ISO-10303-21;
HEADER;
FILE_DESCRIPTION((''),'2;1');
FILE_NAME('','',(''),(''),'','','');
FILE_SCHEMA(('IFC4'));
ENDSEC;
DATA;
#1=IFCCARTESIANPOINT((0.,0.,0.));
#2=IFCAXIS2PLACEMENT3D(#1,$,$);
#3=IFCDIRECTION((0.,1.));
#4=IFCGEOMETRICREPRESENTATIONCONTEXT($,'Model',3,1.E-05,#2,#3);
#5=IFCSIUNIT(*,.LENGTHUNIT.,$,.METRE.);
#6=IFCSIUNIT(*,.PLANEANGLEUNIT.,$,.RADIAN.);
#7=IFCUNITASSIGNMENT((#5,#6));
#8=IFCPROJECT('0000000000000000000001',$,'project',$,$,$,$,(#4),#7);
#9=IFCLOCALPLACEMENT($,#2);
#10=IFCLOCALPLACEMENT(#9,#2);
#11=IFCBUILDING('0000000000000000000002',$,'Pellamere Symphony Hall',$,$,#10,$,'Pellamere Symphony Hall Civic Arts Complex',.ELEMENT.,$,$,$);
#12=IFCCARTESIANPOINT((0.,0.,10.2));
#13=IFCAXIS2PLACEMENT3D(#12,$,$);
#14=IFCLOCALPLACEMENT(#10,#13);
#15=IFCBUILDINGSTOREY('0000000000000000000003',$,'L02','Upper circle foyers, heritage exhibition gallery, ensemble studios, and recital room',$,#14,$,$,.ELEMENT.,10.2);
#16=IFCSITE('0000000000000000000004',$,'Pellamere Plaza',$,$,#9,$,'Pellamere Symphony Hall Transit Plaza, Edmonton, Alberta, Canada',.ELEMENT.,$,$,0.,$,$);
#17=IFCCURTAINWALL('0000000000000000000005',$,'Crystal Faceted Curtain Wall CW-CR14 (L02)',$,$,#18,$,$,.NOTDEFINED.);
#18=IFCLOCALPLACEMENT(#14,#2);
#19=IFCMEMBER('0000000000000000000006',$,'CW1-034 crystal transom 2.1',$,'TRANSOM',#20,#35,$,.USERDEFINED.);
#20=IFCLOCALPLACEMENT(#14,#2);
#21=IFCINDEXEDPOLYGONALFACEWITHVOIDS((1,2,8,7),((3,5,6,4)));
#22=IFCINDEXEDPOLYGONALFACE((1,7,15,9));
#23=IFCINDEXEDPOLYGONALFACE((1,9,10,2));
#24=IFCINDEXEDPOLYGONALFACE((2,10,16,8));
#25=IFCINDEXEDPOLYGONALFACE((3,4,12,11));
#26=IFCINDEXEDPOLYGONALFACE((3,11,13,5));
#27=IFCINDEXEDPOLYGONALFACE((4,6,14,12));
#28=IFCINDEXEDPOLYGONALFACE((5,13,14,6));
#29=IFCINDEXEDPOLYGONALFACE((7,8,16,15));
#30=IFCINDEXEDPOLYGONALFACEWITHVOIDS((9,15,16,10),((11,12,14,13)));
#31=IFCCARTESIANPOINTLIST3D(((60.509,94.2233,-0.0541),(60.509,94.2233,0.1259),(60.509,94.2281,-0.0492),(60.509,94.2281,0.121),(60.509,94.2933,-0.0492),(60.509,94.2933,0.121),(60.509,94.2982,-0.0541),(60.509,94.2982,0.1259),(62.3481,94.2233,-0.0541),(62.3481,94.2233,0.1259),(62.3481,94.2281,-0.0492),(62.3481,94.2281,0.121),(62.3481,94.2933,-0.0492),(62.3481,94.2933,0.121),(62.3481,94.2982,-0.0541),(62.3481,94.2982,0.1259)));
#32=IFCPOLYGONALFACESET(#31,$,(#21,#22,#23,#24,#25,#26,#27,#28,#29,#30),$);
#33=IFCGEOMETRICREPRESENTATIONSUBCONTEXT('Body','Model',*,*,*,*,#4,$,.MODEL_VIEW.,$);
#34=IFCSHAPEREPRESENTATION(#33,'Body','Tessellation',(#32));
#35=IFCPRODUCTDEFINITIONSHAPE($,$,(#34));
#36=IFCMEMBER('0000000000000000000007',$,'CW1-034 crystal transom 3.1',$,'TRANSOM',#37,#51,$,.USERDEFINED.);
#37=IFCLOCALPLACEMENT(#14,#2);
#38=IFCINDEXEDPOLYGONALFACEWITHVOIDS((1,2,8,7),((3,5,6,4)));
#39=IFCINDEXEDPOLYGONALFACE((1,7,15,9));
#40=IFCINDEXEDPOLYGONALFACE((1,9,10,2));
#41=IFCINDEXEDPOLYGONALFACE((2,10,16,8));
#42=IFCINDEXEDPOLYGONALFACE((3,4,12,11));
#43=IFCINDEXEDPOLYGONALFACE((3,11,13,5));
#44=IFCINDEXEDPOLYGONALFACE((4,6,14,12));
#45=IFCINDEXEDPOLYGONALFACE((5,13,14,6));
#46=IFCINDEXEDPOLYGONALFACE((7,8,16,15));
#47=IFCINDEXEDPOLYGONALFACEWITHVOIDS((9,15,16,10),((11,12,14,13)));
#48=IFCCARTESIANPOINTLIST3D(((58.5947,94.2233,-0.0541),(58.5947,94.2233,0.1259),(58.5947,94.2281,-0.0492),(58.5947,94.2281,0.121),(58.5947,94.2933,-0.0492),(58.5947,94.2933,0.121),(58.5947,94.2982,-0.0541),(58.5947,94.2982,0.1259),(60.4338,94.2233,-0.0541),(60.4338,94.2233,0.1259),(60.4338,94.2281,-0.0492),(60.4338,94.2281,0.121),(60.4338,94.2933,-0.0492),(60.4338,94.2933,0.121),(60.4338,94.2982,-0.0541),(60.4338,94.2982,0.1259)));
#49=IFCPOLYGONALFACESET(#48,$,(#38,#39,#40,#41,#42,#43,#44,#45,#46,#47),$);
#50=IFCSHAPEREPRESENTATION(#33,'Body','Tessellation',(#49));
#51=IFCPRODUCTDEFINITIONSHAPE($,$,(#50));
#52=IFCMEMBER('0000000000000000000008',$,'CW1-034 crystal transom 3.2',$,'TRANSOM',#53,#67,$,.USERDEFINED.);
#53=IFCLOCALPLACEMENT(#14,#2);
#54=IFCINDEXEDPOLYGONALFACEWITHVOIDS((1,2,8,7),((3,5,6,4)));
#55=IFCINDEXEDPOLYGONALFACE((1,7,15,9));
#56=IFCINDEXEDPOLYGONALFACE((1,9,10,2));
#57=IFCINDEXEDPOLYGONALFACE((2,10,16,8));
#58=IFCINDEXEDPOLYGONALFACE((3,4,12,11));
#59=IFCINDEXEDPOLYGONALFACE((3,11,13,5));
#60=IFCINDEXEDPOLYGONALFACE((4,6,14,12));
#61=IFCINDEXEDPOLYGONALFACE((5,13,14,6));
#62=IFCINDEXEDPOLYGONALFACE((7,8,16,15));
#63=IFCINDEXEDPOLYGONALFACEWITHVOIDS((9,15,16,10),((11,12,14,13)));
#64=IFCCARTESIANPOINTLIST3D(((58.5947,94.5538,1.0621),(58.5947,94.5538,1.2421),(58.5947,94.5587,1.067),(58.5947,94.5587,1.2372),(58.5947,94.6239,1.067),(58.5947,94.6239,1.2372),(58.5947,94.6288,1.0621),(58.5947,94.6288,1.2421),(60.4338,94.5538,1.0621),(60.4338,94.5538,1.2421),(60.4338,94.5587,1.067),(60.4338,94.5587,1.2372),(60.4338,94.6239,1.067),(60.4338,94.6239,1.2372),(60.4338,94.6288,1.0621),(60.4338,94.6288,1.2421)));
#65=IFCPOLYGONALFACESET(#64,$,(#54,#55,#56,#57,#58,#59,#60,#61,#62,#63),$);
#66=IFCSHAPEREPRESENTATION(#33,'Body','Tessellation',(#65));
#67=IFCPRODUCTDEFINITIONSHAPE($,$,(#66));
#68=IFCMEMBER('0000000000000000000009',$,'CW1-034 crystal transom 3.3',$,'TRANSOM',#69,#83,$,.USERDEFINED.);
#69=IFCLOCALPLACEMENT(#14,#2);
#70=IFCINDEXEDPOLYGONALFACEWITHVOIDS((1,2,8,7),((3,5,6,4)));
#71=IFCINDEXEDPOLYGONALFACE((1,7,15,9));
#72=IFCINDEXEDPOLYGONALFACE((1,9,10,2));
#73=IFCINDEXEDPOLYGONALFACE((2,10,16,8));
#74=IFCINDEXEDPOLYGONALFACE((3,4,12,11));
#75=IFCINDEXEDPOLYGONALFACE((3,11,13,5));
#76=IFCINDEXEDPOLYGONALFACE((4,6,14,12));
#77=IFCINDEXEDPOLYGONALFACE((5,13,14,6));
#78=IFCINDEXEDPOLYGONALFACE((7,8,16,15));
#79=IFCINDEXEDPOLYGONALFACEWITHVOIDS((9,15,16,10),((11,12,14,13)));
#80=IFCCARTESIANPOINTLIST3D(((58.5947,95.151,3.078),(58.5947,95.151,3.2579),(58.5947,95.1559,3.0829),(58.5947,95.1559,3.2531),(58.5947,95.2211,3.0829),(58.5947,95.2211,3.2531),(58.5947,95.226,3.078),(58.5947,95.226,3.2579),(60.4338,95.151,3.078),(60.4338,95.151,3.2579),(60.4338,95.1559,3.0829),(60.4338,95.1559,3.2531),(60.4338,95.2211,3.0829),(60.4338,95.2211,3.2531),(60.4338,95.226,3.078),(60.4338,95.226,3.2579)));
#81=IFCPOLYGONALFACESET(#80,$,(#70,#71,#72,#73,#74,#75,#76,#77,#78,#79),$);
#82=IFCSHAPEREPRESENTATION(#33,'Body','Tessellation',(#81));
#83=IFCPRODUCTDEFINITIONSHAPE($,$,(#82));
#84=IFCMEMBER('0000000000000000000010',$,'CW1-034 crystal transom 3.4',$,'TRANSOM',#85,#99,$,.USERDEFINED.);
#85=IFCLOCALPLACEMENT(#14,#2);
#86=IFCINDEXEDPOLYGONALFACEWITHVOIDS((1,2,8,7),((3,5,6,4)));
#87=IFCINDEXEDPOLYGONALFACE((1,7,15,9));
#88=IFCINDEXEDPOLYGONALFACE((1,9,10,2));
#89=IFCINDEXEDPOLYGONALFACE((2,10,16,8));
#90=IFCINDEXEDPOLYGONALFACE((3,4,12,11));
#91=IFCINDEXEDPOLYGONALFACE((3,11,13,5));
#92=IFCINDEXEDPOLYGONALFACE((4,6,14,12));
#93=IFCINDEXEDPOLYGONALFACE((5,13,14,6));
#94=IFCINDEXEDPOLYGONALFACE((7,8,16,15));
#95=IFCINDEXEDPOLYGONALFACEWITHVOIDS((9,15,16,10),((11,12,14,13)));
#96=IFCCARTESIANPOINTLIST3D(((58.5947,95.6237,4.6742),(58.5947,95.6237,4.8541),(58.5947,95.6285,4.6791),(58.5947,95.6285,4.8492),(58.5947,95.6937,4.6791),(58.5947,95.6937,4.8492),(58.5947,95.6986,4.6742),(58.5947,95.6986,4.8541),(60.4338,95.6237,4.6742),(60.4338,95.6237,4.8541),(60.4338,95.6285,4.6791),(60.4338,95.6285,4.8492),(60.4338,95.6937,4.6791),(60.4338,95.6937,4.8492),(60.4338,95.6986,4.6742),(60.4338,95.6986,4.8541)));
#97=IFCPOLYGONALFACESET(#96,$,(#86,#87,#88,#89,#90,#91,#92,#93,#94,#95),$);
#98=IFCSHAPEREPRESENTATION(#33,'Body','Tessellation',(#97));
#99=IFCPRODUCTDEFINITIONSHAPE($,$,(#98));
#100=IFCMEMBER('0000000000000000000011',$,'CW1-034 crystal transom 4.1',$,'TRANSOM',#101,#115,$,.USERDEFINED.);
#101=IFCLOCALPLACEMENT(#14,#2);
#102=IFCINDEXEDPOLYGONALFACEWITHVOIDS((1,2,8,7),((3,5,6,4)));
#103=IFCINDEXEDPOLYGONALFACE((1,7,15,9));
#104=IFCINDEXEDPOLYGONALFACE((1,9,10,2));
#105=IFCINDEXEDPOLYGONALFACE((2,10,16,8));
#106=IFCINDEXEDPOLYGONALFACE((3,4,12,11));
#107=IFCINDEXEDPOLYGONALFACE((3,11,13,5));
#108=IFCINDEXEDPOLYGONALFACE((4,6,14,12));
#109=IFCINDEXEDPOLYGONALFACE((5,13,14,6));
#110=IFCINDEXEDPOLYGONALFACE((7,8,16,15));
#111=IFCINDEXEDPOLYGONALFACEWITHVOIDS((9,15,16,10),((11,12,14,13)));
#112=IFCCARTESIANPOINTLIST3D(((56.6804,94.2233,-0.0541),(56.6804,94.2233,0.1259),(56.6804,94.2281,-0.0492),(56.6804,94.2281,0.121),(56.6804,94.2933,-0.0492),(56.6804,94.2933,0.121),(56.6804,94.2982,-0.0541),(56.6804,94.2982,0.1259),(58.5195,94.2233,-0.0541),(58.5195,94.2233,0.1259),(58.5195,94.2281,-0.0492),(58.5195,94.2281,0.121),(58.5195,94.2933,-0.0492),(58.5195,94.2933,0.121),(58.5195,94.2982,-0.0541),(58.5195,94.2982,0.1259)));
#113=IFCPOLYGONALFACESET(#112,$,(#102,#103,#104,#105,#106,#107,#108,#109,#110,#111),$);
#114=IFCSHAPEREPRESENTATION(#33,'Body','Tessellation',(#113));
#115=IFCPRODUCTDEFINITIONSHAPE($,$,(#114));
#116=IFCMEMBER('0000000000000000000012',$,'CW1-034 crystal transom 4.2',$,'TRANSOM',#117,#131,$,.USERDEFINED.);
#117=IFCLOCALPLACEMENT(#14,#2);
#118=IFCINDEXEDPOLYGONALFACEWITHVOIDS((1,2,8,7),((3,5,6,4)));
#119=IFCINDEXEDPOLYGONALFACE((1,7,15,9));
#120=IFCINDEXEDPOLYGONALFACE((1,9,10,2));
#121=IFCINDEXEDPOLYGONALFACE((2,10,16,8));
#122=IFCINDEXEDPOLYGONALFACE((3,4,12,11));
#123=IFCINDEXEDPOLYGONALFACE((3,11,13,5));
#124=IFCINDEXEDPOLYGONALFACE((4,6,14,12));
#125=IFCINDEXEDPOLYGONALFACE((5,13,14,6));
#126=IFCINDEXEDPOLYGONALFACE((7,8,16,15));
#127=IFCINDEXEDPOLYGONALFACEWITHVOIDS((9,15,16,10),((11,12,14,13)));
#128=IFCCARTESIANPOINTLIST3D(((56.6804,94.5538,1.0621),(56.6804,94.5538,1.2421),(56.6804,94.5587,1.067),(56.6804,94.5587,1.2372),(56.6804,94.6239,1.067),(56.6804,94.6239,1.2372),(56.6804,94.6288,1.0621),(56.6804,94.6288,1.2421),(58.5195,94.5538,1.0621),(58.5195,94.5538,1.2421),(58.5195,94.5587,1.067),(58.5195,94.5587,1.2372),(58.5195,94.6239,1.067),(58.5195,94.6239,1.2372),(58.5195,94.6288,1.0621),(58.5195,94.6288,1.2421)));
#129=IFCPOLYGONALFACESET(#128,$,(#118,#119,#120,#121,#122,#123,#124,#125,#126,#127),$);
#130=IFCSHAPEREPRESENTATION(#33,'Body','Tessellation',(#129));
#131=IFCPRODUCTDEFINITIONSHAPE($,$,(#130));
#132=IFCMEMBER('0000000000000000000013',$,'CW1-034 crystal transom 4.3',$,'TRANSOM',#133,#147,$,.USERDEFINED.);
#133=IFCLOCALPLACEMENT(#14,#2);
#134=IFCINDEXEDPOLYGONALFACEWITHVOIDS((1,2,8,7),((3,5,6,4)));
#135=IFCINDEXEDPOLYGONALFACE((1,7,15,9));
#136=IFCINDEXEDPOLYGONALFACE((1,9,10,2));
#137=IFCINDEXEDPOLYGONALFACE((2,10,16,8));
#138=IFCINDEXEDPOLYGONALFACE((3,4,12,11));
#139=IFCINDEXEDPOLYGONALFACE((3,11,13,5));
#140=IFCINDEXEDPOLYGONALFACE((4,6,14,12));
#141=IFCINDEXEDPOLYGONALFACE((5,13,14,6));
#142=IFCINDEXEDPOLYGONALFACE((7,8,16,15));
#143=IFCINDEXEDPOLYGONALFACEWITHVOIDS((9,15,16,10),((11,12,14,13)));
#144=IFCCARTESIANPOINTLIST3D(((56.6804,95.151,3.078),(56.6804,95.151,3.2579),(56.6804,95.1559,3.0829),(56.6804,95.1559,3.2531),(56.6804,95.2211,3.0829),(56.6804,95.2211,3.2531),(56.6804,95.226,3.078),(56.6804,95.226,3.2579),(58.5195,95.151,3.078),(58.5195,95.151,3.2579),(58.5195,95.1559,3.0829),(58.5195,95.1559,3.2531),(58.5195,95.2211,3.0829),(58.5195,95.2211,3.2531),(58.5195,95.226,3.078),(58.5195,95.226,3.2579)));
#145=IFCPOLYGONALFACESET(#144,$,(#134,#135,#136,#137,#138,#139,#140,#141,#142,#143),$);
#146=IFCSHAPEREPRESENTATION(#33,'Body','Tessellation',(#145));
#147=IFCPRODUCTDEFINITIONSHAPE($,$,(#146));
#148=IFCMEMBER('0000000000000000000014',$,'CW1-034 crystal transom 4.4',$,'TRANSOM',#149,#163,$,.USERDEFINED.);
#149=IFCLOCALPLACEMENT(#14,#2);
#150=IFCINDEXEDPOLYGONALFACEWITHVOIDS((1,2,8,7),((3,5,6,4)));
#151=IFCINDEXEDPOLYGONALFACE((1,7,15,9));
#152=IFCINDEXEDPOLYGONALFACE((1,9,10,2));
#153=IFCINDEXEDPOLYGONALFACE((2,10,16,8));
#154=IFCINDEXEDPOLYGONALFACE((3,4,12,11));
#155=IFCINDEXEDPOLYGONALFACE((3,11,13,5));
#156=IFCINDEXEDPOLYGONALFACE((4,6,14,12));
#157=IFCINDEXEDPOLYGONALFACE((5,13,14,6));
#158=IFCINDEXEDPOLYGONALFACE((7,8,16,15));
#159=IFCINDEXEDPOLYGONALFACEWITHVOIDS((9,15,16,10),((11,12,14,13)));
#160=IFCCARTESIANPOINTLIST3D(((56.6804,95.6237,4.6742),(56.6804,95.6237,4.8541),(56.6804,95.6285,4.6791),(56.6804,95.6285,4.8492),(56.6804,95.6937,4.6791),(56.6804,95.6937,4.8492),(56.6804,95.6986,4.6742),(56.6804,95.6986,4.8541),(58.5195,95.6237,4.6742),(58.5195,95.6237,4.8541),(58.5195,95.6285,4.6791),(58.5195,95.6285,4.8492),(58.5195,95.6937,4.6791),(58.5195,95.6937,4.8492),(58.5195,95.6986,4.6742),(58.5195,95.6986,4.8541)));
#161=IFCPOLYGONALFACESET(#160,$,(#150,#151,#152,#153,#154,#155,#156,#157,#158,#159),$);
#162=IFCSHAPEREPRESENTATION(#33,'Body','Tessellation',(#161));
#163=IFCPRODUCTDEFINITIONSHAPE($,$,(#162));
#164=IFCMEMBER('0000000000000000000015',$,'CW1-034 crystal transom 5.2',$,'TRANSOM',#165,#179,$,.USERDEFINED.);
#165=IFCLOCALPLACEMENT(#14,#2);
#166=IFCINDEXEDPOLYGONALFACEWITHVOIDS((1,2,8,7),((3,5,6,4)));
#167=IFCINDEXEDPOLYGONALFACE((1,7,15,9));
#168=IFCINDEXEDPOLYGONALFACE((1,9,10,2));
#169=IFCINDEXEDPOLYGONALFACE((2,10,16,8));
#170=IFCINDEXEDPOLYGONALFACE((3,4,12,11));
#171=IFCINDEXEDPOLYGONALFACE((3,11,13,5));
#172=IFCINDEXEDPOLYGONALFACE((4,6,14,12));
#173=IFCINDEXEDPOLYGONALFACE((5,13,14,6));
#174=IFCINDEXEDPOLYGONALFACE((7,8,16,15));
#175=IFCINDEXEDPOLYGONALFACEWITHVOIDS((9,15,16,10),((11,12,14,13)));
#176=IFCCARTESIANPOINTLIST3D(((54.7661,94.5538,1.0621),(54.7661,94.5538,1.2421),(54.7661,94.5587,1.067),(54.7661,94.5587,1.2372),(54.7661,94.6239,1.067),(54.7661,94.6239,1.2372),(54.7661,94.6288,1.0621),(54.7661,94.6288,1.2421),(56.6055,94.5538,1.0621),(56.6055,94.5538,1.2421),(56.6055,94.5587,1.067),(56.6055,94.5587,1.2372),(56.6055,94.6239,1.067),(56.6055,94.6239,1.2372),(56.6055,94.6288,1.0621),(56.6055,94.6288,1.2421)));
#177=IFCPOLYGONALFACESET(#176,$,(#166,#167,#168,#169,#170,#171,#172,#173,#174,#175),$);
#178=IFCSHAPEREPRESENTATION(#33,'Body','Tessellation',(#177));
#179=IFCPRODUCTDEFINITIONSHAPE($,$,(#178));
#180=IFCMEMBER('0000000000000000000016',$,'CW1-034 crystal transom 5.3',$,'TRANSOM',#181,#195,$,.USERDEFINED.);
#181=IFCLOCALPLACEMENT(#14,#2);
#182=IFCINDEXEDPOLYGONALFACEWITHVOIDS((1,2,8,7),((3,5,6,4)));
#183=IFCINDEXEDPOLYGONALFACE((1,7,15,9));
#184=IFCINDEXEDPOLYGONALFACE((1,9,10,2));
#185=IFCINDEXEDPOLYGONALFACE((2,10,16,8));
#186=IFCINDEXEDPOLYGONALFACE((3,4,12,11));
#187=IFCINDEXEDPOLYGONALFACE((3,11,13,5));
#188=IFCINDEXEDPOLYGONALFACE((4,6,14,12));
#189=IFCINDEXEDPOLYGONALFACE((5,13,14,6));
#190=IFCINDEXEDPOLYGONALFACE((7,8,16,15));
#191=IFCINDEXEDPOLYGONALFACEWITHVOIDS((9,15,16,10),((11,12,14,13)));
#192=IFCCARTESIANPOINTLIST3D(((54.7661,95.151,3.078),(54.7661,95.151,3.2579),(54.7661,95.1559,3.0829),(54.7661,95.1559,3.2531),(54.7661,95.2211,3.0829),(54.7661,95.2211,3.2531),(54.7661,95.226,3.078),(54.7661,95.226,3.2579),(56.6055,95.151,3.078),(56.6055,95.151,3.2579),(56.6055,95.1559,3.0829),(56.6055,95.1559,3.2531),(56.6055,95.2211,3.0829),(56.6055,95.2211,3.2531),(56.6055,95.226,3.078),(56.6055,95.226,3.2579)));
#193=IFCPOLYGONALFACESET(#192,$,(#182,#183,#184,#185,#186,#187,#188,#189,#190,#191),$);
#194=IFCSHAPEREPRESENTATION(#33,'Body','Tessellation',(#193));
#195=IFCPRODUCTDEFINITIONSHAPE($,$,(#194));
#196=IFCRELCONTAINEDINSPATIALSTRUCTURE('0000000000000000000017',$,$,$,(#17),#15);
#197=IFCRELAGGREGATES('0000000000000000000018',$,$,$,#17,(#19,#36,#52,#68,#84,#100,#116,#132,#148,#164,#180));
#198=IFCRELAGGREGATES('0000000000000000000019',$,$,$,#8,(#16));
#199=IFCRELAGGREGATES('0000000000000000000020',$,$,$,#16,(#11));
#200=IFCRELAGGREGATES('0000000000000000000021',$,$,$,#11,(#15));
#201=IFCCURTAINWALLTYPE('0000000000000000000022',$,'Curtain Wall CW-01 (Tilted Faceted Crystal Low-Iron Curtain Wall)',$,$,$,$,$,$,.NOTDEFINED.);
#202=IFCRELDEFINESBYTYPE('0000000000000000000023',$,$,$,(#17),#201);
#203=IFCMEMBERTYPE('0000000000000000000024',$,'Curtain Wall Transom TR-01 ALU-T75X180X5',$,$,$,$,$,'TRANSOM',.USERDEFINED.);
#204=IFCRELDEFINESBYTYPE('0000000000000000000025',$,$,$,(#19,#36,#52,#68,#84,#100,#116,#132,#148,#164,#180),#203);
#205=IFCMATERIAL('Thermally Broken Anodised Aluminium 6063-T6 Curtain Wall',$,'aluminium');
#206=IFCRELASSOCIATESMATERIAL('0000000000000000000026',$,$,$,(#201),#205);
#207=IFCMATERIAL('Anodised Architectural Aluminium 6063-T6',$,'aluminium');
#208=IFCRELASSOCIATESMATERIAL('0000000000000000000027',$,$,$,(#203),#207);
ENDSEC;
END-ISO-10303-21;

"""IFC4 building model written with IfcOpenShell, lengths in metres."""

from ifc_helpers import new_model, si_unit, direction, frame, origin, origin_2d, place, context, subcontext, project, spatial, hollow_rectangle, extrude, material, material_profile, profile_set, type_object, element, aggregate, save


model = new_model("IFC4")

# Units and contexts
model_context = context("Model", 3, precision=1e-05, world=origin(), true_north=direction((0.0, 1.0)))
body_context = subcontext(model_context, "Body", "Model", "MODEL_VIEW")
ifc_project = project(units=[si_unit("LENGTHUNIT", "METRE"), si_unit("PLANEANGLEUNIT", "RADIAN")], contexts=[model_context])

# Site, building, storey
site_placement = place(None, origin())
site = spatial("IfcSite", under=ifc_project, at=site_placement, Name="Pellamere Plaza", LongName="Pellamere Symphony Hall Transit Plaza, Edmonton, Alberta, Canada", CompositionType="ELEMENT", RefElevation=0.0)
building_placement = place(site_placement, origin())
building = spatial("IfcBuilding", under=site, at=building_placement, Name="Pellamere Symphony Hall", LongName="Pellamere Symphony Hall Civic Arts Complex", CompositionType="ELEMENT")
storey_placement = place(building_placement, frame((0.0, 0.0, 10.2)))
storey = spatial("IfcBuildingStorey", under=building, at=storey_placement, Name="L02", Description="Upper circle foyers, heritage exhibition gallery, ensemble studios, and recital room", CompositionType="ELEMENT", Elevation=10.2)

# Curtain wall, members
ifc_material_1 = material(Name="Thermally Broken Anodised Aluminium 6063-T6 Curtain Wall", Category="aluminium")
curtain_wall_type = type_object("IfcCurtainWallType", Name="Curtain Wall CW-01 (Tilted Faceted Crystal Low-Iron Curtain Wall)", PredefinedType="NOTDEFINED", material=ifc_material_1)
curtain_wall_placement = place(storey_placement, origin())
curtain_wall = element("IfcCurtainWall", 1, at=curtain_wall_placement, inside=storey, type_object=curtain_wall_type, Name="Crystal Faceted Curtain Wall CW-CR14 (L02)", PredefinedType="NOTDEFINED")
ifc_material_2 = material(Name="Anodised Architectural Aluminium 6063-T6", Category="aluminium")
ifc_material_profile_1 = material_profile(ifc_material_2, hollow_rectangle(XDim=0.075, YDim=0.1799, WallThickness=0.0049, at=origin_2d()), Name="ALU-T75X180X5")
ifc_profile_set_1 = profile_set([ifc_material_profile_1], Name="Anodised Architectural Aluminium 6063-T6")
member_type_1 = type_object("IfcMemberType", Name="Curtain Wall Transom TR-01 ALU-T75X180X5", ElementType="TRANSOM", PredefinedType="USERDEFINED", material=ifc_profile_set_1)
member_1_placement = place(storey_placement, frame((62.3481, 94.2607, 0.0359), z_axis=(-1.0, 0.0, 0.0), x_axis=(0.0, -1.0, 0.0)))
member_1 = element("IfcMember", 2, at=member_1_placement, type_object=member_type_1, Name="CW1-034 crystal transom 2.1", ObjectType="TRANSOM", PredefinedType="USERDEFINED", context=body_context, shape_type="SweptSolid", body=[
    extrude(hollow_rectangle(XDim=0.075, YDim=0.1799, WallThickness=0.0049, at=origin_2d()), origin(), (0.0, 0.0, 1.0), 1.8391),
])
member_2_placement = place(storey_placement, frame((60.4338, 94.2607, 0.0359), z_axis=(-1.0, 0.0, 0.0), x_axis=(0.0, -1.0, 0.0)))
member_2 = element("IfcMember", 3, at=member_2_placement, type_object=member_type_1, Name="CW1-034 crystal transom 3.1", ObjectType="TRANSOM", PredefinedType="USERDEFINED", context=body_context, shape_type="SweptSolid", body=[
    extrude(hollow_rectangle(XDim=0.075, YDim=0.1799, WallThickness=0.0049, at=origin_2d()), origin(), (0.0, 0.0, 1.0), 1.8391),
])
member_3_placement = place(storey_placement, frame((60.4338, 94.5913, 1.1521), z_axis=(-1.0, 0.0, 0.0), x_axis=(0.0, -1.0, 0.0)))
member_3 = element("IfcMember", 4, at=member_3_placement, type_object=member_type_1, Name="CW1-034 crystal transom 3.2", ObjectType="TRANSOM", PredefinedType="USERDEFINED", context=body_context, shape_type="SweptSolid", body=[
    extrude(hollow_rectangle(XDim=0.075, YDim=0.1799, WallThickness=0.0049, at=origin_2d()), origin(), (0.0, 0.0, 1.0), 1.8391),
])
member_4_placement = place(storey_placement, frame((60.4338, 95.1885, 3.168), z_axis=(-1.0, 0.0, 0.0), x_axis=(0.0, -1.0, 0.0)))
member_4 = element("IfcMember", 5, at=member_4_placement, type_object=member_type_1, Name="CW1-034 crystal transom 3.3", ObjectType="TRANSOM", PredefinedType="USERDEFINED", context=body_context, shape_type="SweptSolid", body=[
    extrude(hollow_rectangle(XDim=0.075, YDim=0.1799, WallThickness=0.0049, at=origin_2d()), origin(), (0.0, 0.0, 1.0), 1.8391),
])
member_5_placement = place(storey_placement, frame((60.4338, 95.6611, 4.7642), z_axis=(-1.0, 0.0, 0.0), x_axis=(0.0, -1.0, 0.0)))
member_5 = element("IfcMember", 6, at=member_5_placement, type_object=member_type_1, Name="CW1-034 crystal transom 3.4", ObjectType="TRANSOM", PredefinedType="USERDEFINED", context=body_context, shape_type="SweptSolid", body=[
    extrude(hollow_rectangle(XDim=0.075, YDim=0.1799, WallThickness=0.0049, at=origin_2d()), origin(), (0.0, 0.0, 1.0), 1.8391),
])
member_6_placement = place(storey_placement, frame((58.5195, 94.2607, 0.0359), z_axis=(-1.0, 0.0, 0.0), x_axis=(0.0, -1.0, 0.0)))
member_6 = element("IfcMember", 7, at=member_6_placement, type_object=member_type_1, Name="CW1-034 crystal transom 4.1", ObjectType="TRANSOM", PredefinedType="USERDEFINED", context=body_context, shape_type="SweptSolid", body=[
    extrude(hollow_rectangle(XDim=0.075, YDim=0.1799, WallThickness=0.0049, at=origin_2d()), origin(), (0.0, 0.0, 1.0), 1.8391),
])
member_7_placement = place(storey_placement, frame((58.5195, 94.5913, 1.1521), z_axis=(-1.0, 0.0, 0.0), x_axis=(0.0, -1.0, 0.0)))
member_7 = element("IfcMember", 8, at=member_7_placement, type_object=member_type_1, Name="CW1-034 crystal transom 4.2", ObjectType="TRANSOM", PredefinedType="USERDEFINED", context=body_context, shape_type="SweptSolid", body=[
    extrude(hollow_rectangle(XDim=0.075, YDim=0.1799, WallThickness=0.0049, at=origin_2d()), origin(), (0.0, 0.0, 1.0), 1.8391),
])
member_8_placement = place(storey_placement, frame((58.5195, 95.1885, 3.168), z_axis=(-1.0, 0.0, 0.0), x_axis=(0.0, -1.0, 0.0)))
member_8 = element("IfcMember", 9, at=member_8_placement, type_object=member_type_1, Name="CW1-034 crystal transom 4.3", ObjectType="TRANSOM", PredefinedType="USERDEFINED", context=body_context, shape_type="SweptSolid", body=[
    extrude(hollow_rectangle(XDim=0.075, YDim=0.1799, WallThickness=0.0049, at=origin_2d()), origin(), (0.0, 0.0, 1.0), 1.8391),
])
member_9_placement = place(storey_placement, frame((58.5195, 95.6611, 4.7642), z_axis=(-1.0, 0.0, 0.0), x_axis=(0.0, -1.0, 0.0)))
member_9 = element("IfcMember", 10, at=member_9_placement, type_object=member_type_1, Name="CW1-034 crystal transom 4.4", ObjectType="TRANSOM", PredefinedType="USERDEFINED", context=body_context, shape_type="SweptSolid", body=[
    extrude(hollow_rectangle(XDim=0.075, YDim=0.1799, WallThickness=0.0049, at=origin_2d()), origin(), (0.0, 0.0, 1.0), 1.8391),
])
member_10_placement = place(storey_placement, frame((56.6055, 94.5913, 1.1521), z_axis=(-1.0, 0.0, 0.0), x_axis=(0.0, -1.0, 0.0)))
member_10 = element("IfcMember", 11, at=member_10_placement, type_object=member_type_1, Name="CW1-034 crystal transom 5.2", ObjectType="TRANSOM", PredefinedType="USERDEFINED", context=body_context, shape_type="SweptSolid", body=[
    extrude(hollow_rectangle(XDim=0.075, YDim=0.1799, WallThickness=0.0049, at=origin_2d()), origin(), (0.0, 0.0, 1.0), 1.8394),
])
member_11_placement = place(storey_placement, frame((56.6055, 95.1885, 3.168), z_axis=(-1.0, 0.0, 0.0), x_axis=(0.0, -1.0, 0.0)))
member_11 = element("IfcMember", 12, at=member_11_placement, type_object=member_type_1, Name="CW1-034 crystal transom 5.3", ObjectType="TRANSOM", PredefinedType="USERDEFINED", context=body_context, shape_type="SweptSolid", body=[
    extrude(hollow_rectangle(XDim=0.075, YDim=0.1799, WallThickness=0.0049, at=origin_2d()), origin(), (0.0, 0.0, 1.0), 1.8394),
])

aggregate(curtain_wall, [member_1, member_2, member_3, member_4, member_5, member_6, member_7, member_8, member_9, member_10, member_11])

save(model, "model.ifc")
